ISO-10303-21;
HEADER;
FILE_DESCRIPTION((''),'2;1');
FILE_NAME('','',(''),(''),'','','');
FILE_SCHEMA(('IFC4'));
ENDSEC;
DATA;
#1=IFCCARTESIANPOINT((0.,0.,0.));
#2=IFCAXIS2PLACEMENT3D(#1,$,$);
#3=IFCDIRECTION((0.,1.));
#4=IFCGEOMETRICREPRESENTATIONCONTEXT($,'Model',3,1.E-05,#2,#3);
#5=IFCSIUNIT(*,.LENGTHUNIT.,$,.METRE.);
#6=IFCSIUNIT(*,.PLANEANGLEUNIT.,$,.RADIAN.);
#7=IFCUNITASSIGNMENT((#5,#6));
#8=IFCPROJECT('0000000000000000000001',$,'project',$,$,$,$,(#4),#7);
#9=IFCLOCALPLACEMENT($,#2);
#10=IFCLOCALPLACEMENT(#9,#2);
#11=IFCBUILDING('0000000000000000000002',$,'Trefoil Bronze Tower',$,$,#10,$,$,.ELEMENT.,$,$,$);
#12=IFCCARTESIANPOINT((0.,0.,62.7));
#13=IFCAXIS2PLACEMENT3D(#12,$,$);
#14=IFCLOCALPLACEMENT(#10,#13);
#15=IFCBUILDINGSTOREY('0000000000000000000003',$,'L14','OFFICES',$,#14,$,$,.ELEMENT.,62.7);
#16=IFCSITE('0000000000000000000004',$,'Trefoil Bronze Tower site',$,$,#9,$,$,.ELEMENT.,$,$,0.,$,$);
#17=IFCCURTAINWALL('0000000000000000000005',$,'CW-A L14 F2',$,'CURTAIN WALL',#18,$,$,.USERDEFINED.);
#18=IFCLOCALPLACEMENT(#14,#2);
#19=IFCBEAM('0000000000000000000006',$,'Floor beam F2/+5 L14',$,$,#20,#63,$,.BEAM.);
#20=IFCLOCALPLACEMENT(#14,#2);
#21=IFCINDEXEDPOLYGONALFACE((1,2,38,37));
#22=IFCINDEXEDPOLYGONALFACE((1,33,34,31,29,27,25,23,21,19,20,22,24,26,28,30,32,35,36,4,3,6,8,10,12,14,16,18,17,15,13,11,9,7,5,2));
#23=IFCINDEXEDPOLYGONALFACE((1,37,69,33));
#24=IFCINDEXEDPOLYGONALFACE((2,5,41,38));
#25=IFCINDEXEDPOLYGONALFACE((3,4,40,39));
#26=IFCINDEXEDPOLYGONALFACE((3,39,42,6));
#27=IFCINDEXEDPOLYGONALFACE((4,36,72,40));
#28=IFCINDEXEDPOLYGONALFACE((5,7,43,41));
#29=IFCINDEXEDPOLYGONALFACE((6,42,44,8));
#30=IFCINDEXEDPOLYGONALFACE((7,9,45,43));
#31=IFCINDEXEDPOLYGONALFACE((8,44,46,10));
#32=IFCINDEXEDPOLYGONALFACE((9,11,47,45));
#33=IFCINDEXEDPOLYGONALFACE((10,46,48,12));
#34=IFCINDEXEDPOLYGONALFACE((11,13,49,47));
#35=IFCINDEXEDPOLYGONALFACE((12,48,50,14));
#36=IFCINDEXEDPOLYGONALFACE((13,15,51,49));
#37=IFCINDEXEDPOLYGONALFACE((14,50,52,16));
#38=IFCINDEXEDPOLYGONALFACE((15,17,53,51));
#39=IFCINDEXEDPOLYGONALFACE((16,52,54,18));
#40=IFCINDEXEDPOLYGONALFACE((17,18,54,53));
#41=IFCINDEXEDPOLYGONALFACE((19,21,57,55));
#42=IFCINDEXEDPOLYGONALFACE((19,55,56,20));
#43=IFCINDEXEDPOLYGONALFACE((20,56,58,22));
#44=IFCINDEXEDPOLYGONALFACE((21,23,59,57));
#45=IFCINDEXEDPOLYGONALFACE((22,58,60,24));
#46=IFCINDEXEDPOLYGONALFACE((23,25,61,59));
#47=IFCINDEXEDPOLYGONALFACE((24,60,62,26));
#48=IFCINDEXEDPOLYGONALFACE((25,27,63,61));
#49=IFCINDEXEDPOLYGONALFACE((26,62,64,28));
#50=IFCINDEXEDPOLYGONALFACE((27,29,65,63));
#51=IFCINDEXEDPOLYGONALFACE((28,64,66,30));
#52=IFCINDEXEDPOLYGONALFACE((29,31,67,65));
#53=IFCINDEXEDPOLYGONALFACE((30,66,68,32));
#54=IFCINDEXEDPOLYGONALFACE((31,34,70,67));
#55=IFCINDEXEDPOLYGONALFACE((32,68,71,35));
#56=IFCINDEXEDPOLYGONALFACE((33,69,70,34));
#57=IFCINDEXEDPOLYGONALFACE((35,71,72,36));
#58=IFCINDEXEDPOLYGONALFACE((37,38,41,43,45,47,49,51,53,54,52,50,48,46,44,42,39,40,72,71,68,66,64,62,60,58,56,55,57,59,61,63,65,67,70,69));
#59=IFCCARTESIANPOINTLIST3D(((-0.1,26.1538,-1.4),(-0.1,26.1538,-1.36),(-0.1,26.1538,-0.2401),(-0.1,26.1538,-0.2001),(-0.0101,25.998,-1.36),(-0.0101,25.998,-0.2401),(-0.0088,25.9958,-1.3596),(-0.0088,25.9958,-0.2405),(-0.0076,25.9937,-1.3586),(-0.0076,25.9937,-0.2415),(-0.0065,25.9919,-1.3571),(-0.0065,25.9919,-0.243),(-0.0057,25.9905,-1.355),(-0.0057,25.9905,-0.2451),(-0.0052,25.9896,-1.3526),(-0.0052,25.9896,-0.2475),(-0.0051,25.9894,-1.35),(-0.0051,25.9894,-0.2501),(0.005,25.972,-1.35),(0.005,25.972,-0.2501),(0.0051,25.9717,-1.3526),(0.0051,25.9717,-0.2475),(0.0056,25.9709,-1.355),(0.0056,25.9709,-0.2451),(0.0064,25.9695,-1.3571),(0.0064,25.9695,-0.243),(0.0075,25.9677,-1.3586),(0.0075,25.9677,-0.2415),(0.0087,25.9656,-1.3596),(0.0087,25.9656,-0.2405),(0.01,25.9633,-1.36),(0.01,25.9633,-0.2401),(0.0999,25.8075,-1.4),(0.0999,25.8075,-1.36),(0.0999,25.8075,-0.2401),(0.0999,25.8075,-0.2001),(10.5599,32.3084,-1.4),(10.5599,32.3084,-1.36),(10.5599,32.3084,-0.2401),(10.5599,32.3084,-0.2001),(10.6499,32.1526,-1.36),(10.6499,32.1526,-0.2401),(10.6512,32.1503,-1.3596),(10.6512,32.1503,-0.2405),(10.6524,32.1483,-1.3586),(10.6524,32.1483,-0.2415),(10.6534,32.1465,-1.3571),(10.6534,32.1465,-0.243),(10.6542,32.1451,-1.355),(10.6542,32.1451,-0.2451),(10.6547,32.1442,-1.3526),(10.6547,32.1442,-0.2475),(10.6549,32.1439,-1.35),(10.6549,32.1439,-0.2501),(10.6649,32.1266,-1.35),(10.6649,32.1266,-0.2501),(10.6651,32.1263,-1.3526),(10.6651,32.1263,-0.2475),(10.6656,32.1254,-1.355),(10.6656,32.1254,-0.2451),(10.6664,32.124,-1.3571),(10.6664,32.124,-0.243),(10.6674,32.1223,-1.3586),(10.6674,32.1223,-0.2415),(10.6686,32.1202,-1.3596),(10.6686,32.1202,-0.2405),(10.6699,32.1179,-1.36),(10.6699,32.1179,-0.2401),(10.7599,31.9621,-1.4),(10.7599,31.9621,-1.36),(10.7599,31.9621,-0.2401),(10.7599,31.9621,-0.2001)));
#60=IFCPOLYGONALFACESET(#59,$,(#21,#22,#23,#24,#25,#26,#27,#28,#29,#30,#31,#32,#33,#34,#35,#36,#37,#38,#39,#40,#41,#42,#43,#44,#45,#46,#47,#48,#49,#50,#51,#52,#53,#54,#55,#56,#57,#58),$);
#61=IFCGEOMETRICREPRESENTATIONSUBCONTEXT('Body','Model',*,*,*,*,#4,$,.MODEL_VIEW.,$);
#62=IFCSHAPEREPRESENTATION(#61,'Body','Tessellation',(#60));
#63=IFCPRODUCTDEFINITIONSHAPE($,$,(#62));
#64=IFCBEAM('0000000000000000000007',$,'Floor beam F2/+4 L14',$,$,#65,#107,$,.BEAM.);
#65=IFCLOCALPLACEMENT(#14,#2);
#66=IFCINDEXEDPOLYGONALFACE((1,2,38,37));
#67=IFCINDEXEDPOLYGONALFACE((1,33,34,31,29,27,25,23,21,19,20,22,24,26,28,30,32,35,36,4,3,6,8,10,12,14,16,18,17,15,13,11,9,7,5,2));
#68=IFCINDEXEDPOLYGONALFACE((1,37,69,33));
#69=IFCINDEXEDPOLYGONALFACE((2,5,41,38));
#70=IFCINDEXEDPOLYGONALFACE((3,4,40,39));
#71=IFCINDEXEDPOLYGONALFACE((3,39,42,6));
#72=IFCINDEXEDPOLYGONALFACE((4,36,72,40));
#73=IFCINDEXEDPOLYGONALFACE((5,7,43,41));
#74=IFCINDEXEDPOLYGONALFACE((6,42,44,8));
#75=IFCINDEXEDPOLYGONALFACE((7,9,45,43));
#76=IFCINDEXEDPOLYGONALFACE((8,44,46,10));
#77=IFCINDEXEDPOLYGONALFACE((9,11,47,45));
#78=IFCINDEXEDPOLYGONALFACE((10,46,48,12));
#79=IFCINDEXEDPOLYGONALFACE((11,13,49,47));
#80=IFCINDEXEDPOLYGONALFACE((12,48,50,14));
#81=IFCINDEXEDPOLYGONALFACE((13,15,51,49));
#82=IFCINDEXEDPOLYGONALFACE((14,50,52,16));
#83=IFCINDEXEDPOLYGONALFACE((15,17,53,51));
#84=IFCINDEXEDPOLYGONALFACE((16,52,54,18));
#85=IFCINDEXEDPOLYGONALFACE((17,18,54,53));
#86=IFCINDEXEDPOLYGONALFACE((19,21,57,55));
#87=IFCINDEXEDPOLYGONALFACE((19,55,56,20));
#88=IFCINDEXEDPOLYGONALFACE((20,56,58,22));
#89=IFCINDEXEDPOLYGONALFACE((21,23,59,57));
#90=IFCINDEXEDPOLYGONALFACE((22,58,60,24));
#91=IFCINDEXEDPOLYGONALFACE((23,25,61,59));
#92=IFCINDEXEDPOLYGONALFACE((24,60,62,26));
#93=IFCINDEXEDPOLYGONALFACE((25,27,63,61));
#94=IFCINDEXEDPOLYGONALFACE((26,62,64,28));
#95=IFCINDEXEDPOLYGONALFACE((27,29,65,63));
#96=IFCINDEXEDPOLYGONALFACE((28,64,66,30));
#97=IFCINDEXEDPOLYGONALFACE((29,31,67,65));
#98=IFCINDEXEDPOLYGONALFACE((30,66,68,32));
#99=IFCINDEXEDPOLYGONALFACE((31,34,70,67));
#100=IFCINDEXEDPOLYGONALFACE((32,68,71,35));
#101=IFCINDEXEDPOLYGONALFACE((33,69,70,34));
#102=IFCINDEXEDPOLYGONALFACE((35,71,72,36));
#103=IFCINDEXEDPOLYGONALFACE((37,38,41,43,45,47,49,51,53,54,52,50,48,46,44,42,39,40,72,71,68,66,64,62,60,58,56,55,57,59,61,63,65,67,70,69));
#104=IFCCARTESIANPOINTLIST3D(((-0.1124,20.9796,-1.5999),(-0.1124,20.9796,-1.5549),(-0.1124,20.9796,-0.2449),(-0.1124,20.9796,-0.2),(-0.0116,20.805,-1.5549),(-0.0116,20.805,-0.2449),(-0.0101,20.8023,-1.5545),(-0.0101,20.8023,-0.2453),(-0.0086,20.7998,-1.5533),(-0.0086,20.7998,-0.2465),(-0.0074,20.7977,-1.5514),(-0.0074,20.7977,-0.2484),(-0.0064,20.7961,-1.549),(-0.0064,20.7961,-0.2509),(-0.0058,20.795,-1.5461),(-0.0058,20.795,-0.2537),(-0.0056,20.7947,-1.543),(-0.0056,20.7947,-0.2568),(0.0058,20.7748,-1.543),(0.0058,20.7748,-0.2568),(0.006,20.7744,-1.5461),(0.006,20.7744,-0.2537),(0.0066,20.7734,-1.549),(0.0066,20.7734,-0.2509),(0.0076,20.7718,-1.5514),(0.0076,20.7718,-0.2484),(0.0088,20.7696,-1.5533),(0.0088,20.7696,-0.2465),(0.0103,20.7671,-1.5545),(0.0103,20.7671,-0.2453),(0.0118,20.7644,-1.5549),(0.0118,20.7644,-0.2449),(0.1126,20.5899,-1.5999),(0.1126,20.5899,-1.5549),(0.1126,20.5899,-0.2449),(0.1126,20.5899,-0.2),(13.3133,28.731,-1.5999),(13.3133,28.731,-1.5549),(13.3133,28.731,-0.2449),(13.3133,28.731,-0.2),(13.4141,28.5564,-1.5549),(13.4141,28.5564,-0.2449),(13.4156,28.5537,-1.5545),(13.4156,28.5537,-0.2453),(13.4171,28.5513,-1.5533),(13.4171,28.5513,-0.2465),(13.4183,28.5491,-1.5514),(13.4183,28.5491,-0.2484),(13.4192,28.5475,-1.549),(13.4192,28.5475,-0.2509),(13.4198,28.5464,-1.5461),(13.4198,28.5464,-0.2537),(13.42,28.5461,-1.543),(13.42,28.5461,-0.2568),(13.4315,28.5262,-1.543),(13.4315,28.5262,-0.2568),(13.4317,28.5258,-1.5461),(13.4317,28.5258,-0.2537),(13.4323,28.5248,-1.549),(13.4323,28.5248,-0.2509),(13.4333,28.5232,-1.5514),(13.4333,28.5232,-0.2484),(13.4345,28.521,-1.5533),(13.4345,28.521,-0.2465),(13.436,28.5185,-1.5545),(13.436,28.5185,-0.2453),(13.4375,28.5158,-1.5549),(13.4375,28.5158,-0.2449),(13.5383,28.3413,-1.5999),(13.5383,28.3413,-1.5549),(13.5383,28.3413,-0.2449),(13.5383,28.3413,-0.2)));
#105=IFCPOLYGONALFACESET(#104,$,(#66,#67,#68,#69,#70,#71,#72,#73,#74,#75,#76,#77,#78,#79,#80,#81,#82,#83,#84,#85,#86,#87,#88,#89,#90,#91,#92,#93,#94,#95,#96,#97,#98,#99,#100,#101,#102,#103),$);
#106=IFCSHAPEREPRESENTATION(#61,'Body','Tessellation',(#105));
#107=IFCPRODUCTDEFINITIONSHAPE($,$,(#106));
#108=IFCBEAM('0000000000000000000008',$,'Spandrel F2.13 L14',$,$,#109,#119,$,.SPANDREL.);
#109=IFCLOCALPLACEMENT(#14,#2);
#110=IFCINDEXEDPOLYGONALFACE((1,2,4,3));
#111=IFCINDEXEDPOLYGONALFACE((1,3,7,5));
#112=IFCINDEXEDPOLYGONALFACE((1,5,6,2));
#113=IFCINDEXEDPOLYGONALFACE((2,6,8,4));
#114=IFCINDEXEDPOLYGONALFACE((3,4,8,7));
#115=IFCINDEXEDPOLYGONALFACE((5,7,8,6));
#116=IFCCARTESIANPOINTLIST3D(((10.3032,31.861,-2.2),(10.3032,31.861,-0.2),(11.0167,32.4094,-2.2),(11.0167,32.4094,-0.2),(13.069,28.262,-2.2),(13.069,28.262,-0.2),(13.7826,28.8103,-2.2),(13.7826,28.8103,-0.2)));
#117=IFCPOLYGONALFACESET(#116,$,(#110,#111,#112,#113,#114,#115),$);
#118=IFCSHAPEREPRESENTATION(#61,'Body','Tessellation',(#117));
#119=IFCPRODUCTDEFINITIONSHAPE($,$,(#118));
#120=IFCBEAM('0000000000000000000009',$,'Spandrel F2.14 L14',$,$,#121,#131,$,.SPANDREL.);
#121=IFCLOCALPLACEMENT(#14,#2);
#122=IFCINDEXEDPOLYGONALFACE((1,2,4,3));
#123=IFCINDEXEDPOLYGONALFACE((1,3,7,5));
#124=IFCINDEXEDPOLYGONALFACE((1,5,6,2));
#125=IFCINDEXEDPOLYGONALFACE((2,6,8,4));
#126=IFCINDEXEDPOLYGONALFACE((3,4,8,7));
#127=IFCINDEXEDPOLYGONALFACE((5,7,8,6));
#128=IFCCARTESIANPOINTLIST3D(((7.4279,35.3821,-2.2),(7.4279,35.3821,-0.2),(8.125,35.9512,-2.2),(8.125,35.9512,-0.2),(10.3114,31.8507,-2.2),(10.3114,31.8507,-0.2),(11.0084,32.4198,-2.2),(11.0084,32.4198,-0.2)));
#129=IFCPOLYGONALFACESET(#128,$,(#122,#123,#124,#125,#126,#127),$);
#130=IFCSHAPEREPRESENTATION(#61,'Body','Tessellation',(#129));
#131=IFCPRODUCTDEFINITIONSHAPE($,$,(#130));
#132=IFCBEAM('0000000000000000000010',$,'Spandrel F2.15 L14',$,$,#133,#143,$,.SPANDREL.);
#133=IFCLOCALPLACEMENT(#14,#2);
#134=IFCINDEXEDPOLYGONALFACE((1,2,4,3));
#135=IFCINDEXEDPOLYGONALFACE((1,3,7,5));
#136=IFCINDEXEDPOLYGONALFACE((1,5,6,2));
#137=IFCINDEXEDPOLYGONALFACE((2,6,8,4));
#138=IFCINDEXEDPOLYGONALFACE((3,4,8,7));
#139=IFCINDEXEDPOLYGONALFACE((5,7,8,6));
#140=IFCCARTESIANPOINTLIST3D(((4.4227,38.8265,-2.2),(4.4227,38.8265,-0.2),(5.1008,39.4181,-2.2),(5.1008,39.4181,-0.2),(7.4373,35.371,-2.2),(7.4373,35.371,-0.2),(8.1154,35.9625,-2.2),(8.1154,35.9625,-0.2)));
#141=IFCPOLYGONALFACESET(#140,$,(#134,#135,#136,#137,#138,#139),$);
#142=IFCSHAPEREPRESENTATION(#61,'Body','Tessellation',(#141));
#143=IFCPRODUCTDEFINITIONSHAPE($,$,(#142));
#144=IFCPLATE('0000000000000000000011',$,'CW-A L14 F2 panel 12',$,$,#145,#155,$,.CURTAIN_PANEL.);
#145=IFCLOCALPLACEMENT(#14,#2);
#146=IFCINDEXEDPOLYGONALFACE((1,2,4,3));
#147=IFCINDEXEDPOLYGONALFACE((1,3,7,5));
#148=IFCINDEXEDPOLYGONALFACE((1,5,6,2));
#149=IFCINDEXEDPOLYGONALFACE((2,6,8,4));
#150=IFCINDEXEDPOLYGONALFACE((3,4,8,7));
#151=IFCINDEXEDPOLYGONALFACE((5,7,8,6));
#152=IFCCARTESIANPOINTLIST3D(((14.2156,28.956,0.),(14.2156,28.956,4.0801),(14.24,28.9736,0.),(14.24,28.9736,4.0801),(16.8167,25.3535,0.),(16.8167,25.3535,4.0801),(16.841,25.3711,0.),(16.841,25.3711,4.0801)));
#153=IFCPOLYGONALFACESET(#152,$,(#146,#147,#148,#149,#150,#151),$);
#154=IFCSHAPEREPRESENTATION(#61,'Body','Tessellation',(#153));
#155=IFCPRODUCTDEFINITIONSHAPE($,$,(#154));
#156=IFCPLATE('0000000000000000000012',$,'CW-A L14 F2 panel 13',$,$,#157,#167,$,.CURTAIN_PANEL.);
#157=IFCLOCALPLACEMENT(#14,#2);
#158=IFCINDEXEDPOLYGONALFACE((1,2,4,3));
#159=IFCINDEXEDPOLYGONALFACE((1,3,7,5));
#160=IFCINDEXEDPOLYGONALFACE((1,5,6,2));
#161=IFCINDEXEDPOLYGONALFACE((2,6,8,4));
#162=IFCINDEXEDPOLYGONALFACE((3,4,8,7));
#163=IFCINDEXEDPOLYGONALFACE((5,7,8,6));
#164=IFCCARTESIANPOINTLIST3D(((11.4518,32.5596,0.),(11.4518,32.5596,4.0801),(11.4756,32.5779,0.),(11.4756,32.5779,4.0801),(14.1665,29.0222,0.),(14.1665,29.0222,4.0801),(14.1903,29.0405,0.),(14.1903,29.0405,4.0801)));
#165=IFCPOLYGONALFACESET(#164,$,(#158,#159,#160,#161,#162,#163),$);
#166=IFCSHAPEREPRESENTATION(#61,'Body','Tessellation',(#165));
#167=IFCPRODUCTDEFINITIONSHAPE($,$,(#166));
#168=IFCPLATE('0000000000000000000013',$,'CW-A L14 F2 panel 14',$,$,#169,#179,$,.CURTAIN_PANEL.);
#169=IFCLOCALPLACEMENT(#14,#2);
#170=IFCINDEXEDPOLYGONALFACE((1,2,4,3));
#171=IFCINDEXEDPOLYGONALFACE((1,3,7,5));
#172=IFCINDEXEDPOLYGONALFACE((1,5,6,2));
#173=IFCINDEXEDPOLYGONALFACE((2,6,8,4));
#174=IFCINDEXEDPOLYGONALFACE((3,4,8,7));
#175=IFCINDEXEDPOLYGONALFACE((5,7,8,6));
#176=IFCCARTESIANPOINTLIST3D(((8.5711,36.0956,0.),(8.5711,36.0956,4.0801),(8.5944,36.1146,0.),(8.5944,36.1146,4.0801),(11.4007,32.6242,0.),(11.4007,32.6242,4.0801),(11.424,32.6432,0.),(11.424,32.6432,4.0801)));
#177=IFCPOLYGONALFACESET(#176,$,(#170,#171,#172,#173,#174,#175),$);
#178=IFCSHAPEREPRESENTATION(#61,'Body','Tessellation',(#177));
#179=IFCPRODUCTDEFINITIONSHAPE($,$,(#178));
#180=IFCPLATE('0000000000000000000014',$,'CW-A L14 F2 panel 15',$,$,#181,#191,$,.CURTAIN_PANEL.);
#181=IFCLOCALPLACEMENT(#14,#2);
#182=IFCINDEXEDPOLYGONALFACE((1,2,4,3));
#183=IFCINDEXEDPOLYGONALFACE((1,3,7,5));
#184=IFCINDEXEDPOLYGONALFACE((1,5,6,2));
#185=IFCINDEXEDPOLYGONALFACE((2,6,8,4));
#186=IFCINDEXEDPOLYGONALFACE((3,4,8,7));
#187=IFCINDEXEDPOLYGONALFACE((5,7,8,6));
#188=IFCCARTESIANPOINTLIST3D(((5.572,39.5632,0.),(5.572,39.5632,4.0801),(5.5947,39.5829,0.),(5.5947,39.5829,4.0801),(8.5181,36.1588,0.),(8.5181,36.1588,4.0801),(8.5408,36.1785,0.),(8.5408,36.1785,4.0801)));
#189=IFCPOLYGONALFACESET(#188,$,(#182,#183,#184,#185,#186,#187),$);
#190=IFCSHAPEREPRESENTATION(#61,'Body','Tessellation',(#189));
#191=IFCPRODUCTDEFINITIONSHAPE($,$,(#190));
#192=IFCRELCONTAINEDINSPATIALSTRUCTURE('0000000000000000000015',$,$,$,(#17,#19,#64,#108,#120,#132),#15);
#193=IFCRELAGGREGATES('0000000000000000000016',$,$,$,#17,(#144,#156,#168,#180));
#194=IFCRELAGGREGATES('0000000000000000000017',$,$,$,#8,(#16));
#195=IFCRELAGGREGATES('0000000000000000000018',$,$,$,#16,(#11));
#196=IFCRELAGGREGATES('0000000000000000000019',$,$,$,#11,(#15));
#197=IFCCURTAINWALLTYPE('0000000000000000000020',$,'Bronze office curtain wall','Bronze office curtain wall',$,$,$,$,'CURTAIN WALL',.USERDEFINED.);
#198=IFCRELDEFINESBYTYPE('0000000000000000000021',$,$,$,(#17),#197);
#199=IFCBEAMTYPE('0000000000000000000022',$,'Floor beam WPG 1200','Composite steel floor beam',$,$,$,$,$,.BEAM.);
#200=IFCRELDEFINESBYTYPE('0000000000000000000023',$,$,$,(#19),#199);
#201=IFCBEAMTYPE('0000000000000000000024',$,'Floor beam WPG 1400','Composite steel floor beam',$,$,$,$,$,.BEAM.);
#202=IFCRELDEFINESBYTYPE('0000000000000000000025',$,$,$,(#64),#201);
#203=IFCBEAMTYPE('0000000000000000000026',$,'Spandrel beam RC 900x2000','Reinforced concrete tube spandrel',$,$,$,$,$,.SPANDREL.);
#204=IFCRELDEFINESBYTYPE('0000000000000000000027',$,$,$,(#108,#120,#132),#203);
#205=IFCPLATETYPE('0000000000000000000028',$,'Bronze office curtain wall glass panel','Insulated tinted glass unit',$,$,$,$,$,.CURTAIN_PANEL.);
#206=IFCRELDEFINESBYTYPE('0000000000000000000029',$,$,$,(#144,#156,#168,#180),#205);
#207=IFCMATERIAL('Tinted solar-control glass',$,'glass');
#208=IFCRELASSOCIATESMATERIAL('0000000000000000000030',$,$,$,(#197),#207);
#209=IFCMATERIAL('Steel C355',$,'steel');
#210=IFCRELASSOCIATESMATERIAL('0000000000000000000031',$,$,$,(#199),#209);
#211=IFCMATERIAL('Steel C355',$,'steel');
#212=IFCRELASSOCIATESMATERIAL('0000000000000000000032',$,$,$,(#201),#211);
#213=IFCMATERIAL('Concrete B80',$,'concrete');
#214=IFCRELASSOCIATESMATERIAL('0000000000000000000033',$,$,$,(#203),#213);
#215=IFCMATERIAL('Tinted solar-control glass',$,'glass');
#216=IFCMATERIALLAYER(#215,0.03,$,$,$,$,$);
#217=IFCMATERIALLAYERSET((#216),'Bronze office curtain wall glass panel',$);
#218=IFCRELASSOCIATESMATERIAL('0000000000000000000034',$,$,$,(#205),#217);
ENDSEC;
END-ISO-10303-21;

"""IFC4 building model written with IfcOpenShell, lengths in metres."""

from ifc_helpers import new_model, si_unit, direction, frame, origin, origin_2d, place, context, subcontext, project, spatial, rectangle, i_section, extrude, material, layer, layer_set, material_profile, profile_set, type_object, element, aggregate, save


model = new_model("IFC4")

# Units and contexts
model_context = context("Model", 3, precision=1e-05, world=origin(), true_north=direction((0.0, 1.0)))
body_context = subcontext(model_context, "Body", "Model", "MODEL_VIEW")
ifc_project = project(units=[si_unit("LENGTHUNIT", "METRE"), si_unit("PLANEANGLEUNIT", "RADIAN")], contexts=[model_context])

# Site, building, storey
site_placement = place(None, origin())
site = spatial("IfcSite", under=ifc_project, at=site_placement, Name="Trefoil Bronze Tower site", CompositionType="ELEMENT", RefElevation=0.0)
building_placement = place(site_placement, origin())
building = spatial("IfcBuilding", under=site, at=building_placement, Name="Trefoil Bronze Tower", CompositionType="ELEMENT")
storey_placement = place(building_placement, frame((0.0, 0.0, 62.7)))
storey = spatial("IfcBuildingStorey", under=building, at=storey_placement, Name="L14", Description="OFFICES", CompositionType="ELEMENT", Elevation=62.7)

# Curtain wall
ifc_material_1 = material(Name="Tinted solar-control glass", Category="glass")
curtain_wall_type_1 = type_object("IfcCurtainWallType", Name="Bronze office curtain wall", Description="Bronze office curtain wall", ElementType="CURTAIN WALL", PredefinedType="USERDEFINED", material=ifc_material_1)
curtain_wall_1_placement = place(storey_placement, origin())
curtain_wall_1 = element("IfcCurtainWall", 1, at=curtain_wall_1_placement, inside=storey, type_object=curtain_wall_type_1, Name="CW-A L14 F2", ObjectType="CURTAIN WALL", PredefinedType="USERDEFINED")

# Beams
ifc_material_2 = material(Name="Steel C355", Category="steel")
ifc_material_profile_1 = material_profile(ifc_material_2, i_section(OverallWidth=0.3999, OverallDepth=1.2, WebThickness=0.02, FlangeThickness=0.04, FilletRadius=0.01, at=origin_2d()), Name="WPG 1200")
ifc_profile_set_1 = profile_set([ifc_material_profile_1], Name="Steel C355")
beam_type_1 = type_object("IfcBeamType", Name="Floor beam WPG 1200", Description="Composite steel floor beam", PredefinedType="BEAM", material=ifc_profile_set_1)
beam_1_placement = place(storey_placement, frame((10.6599, 32.1353, -0.8), z_axis=(-0.866024, -0.500002, 0.0), x_axis=(0.500002, -0.866024, 0.0)))
element("IfcBeam", 2, at=beam_1_placement, inside=storey, type_object=beam_type_1, Name="Floor beam F2/+5 L14", PredefinedType="BEAM", context=body_context, shape_type="SweptSolid", body=[
    extrude(i_section(OverallWidth=0.3999, OverallDepth=1.2, WebThickness=0.02, FlangeThickness=0.04, FilletRadius=0.01, at=origin_2d()), origin(), (0.0, 0.0, 1.0), 12.3091),
])
ifc_material_3 = material(Name="Steel C355", Category="steel")
ifc_material_profile_2 = material_profile(ifc_material_3, i_section(OverallWidth=0.45, OverallDepth=1.3999, WebThickness=0.0229, FlangeThickness=0.0449, FilletRadius=0.012, at=origin_2d()), Name="WPG 1400")
ifc_profile_set_2 = profile_set([ifc_material_profile_2], Name="Steel C355")
beam_type_2 = type_object("IfcBeamType", Name="Floor beam WPG 1400", Description="Composite steel floor beam", PredefinedType="BEAM", material=ifc_profile_set_2)
beam_2_placement = place(storey_placement, frame((13.4258, 28.5361, -0.8999), z_axis=(-0.866023, -0.500004, 0.0), x_axis=(0.500004, -0.866023, 0.0)))
element("IfcBeam", 3, at=beam_2_placement, inside=storey, type_object=beam_type_2, Name="Floor beam F2/+4 L14", PredefinedType="BEAM", context=body_context, shape_type="SweptSolid", body=[
    extrude(i_section(OverallWidth=0.45, OverallDepth=1.3999, WebThickness=0.0229, FlangeThickness=0.0449, FilletRadius=0.012, at=origin_2d()), origin(), (0.0, 0.0, 1.0), 15.5027),
])
ifc_material_4 = material(Name="Concrete B80", Category="concrete")
ifc_material_profile_3 = material_profile(ifc_material_4, rectangle(XDim=0.8999, YDim=2.0, at=origin_2d()), Name="RC 900x2000")
ifc_profile_set_3 = profile_set([ifc_material_profile_3], Name="Concrete B80")
beam_type_3 = type_object("IfcBeamType", Name="Spandrel beam RC 900x2000", Description="Reinforced concrete tube spandrel", PredefinedType="SPANDREL", material=ifc_profile_set_3)
beam_3_placement = place(storey_placement, frame((13.4258, 28.5361, -1.2), z_axis=(-0.609339, 0.79291, 0.0), x_axis=(-0.79291, -0.609339, 0.0)))
element("IfcBeam", 4, at=beam_3_placement, inside=storey, type_object=beam_type_3, Name="Spandrel F2.13 L14", PredefinedType="SPANDREL", context=body_context, shape_type="SweptSolid", body=[
    extrude(rectangle(XDim=0.8999, YDim=2.0, at=origin_2d()), origin(), (0.0, 0.0, 1.0), 4.5391),
])
beam_4_placement = place(storey_placement, frame((10.6599, 32.1353, -1.2), z_axis=(-0.632468, 0.774587, 0.0), x_axis=(-0.774587, -0.632468, 0.0)))
element("IfcBeam", 5, at=beam_4_placement, inside=storey, type_object=beam_type_3, Name="Spandrel F2.14 L14", PredefinedType="SPANDREL", context=body_context, shape_type="SweptSolid", body=[
    extrude(rectangle(XDim=0.8999, YDim=2.0, at=origin_2d()), origin(), (0.0, 0.0, 1.0), 4.5591),
])
beam_5_placement = place(storey_placement, frame((7.7764, 35.6667, -1.2), z_axis=(-0.657396, 0.753545, 0.0), x_axis=(-0.753545, -0.657396, 0.0)))
element("IfcBeam", 6, at=beam_5_placement, inside=storey, type_object=beam_type_3, Name="Spandrel F2.15 L14", PredefinedType="SPANDREL", context=body_context, shape_type="SweptSolid", body=[
    extrude(rectangle(XDim=0.8999, YDim=2.0, at=origin_2d()), origin(), (0.0, 0.0, 1.0), 4.5857),
])

# Plates
ifc_material_5 = material(Name="Tinted solar-control glass", Category="glass")
ifc_layer_1 = layer(ifc_material_5, 0.03)
ifc_layer_set_1 = layer_set([ifc_layer_1], Name="Bronze office curtain wall glass panel")
plate_type_1 = type_object("IfcPlateType", Name="Bronze office curtain wall glass panel", Description="Insulated tinted glass unit", PredefinedType="CURTAIN_PANEL", material=ifc_layer_set_1)
plate_1_placement = place(storey_placement, frame((15.5283, 27.1636, 0.0), z_axis=(0.0, 0.0, 1.0), x_axis=(-0.585373, 0.810764, 0.0)))
plate_1 = element("IfcPlate", 7, at=plate_1_placement, type_object=plate_type_1, Name="CW-A L14 F2 panel 12", PredefinedType="CURTAIN_PANEL", context=body_context, shape_type="SweptSolid", body=[
    extrude(rectangle(XDim=4.4434, YDim=0.03, at=origin_2d()), origin(), (0.0, 0.0, 1.0), 4.0801),
])
plate_2_placement = place(storey_placement, frame((12.821, 30.8, 0.0), z_axis=(0.0, 0.0, 1.0), x_axis=(-0.608808, 0.793318, 0.0)))
plate_2 = element("IfcPlate", 8, at=plate_2_placement, type_object=plate_type_1, Name="CW-A L14 F2 panel 13", PredefinedType="CURTAIN_PANEL", context=body_context, shape_type="SweptSolid", body=[
    extrude(rectangle(XDim=4.459, YDim=0.03, at=origin_2d()), origin(), (0.0, 0.0, 1.0), 4.0801),
])
plate_3_placement = place(storey_placement, frame((9.9976, 34.3694, 0.0), z_axis=(0.0, 0.0, 1.0), x_axis=(-0.631811, 0.775123, 0.0)))
plate_3 = element("IfcPlate", 9, at=plate_3_placement, type_object=plate_type_1, Name="CW-A L14 F2 panel 14", PredefinedType="CURTAIN_PANEL", context=body_context, shape_type="SweptSolid", body=[
    extrude(rectangle(XDim=4.4785, YDim=0.03, at=origin_2d()), origin(), (0.0, 0.0, 1.0), 4.0801),
])
plate_4_placement = place(storey_placement, frame((7.0564, 37.8708, 0.0), z_axis=(0.0, 0.0, 1.0), x_axis=(-0.654376, 0.756169, 0.0)))
plate_4 = element("IfcPlate", 10, at=plate_4_placement, type_object=plate_type_1, Name="CW-A L14 F2 panel 15", PredefinedType="CURTAIN_PANEL", context=body_context, shape_type="SweptSolid", body=[
    extrude(rectangle(XDim=4.5022, YDim=0.03, at=origin_2d()), origin(), (0.0, 0.0, 1.0), 4.0801),
])
aggregate(curtain_wall_1, [plate_1, plate_2, plate_3, plate_4])

save(model, "model.ifc")
